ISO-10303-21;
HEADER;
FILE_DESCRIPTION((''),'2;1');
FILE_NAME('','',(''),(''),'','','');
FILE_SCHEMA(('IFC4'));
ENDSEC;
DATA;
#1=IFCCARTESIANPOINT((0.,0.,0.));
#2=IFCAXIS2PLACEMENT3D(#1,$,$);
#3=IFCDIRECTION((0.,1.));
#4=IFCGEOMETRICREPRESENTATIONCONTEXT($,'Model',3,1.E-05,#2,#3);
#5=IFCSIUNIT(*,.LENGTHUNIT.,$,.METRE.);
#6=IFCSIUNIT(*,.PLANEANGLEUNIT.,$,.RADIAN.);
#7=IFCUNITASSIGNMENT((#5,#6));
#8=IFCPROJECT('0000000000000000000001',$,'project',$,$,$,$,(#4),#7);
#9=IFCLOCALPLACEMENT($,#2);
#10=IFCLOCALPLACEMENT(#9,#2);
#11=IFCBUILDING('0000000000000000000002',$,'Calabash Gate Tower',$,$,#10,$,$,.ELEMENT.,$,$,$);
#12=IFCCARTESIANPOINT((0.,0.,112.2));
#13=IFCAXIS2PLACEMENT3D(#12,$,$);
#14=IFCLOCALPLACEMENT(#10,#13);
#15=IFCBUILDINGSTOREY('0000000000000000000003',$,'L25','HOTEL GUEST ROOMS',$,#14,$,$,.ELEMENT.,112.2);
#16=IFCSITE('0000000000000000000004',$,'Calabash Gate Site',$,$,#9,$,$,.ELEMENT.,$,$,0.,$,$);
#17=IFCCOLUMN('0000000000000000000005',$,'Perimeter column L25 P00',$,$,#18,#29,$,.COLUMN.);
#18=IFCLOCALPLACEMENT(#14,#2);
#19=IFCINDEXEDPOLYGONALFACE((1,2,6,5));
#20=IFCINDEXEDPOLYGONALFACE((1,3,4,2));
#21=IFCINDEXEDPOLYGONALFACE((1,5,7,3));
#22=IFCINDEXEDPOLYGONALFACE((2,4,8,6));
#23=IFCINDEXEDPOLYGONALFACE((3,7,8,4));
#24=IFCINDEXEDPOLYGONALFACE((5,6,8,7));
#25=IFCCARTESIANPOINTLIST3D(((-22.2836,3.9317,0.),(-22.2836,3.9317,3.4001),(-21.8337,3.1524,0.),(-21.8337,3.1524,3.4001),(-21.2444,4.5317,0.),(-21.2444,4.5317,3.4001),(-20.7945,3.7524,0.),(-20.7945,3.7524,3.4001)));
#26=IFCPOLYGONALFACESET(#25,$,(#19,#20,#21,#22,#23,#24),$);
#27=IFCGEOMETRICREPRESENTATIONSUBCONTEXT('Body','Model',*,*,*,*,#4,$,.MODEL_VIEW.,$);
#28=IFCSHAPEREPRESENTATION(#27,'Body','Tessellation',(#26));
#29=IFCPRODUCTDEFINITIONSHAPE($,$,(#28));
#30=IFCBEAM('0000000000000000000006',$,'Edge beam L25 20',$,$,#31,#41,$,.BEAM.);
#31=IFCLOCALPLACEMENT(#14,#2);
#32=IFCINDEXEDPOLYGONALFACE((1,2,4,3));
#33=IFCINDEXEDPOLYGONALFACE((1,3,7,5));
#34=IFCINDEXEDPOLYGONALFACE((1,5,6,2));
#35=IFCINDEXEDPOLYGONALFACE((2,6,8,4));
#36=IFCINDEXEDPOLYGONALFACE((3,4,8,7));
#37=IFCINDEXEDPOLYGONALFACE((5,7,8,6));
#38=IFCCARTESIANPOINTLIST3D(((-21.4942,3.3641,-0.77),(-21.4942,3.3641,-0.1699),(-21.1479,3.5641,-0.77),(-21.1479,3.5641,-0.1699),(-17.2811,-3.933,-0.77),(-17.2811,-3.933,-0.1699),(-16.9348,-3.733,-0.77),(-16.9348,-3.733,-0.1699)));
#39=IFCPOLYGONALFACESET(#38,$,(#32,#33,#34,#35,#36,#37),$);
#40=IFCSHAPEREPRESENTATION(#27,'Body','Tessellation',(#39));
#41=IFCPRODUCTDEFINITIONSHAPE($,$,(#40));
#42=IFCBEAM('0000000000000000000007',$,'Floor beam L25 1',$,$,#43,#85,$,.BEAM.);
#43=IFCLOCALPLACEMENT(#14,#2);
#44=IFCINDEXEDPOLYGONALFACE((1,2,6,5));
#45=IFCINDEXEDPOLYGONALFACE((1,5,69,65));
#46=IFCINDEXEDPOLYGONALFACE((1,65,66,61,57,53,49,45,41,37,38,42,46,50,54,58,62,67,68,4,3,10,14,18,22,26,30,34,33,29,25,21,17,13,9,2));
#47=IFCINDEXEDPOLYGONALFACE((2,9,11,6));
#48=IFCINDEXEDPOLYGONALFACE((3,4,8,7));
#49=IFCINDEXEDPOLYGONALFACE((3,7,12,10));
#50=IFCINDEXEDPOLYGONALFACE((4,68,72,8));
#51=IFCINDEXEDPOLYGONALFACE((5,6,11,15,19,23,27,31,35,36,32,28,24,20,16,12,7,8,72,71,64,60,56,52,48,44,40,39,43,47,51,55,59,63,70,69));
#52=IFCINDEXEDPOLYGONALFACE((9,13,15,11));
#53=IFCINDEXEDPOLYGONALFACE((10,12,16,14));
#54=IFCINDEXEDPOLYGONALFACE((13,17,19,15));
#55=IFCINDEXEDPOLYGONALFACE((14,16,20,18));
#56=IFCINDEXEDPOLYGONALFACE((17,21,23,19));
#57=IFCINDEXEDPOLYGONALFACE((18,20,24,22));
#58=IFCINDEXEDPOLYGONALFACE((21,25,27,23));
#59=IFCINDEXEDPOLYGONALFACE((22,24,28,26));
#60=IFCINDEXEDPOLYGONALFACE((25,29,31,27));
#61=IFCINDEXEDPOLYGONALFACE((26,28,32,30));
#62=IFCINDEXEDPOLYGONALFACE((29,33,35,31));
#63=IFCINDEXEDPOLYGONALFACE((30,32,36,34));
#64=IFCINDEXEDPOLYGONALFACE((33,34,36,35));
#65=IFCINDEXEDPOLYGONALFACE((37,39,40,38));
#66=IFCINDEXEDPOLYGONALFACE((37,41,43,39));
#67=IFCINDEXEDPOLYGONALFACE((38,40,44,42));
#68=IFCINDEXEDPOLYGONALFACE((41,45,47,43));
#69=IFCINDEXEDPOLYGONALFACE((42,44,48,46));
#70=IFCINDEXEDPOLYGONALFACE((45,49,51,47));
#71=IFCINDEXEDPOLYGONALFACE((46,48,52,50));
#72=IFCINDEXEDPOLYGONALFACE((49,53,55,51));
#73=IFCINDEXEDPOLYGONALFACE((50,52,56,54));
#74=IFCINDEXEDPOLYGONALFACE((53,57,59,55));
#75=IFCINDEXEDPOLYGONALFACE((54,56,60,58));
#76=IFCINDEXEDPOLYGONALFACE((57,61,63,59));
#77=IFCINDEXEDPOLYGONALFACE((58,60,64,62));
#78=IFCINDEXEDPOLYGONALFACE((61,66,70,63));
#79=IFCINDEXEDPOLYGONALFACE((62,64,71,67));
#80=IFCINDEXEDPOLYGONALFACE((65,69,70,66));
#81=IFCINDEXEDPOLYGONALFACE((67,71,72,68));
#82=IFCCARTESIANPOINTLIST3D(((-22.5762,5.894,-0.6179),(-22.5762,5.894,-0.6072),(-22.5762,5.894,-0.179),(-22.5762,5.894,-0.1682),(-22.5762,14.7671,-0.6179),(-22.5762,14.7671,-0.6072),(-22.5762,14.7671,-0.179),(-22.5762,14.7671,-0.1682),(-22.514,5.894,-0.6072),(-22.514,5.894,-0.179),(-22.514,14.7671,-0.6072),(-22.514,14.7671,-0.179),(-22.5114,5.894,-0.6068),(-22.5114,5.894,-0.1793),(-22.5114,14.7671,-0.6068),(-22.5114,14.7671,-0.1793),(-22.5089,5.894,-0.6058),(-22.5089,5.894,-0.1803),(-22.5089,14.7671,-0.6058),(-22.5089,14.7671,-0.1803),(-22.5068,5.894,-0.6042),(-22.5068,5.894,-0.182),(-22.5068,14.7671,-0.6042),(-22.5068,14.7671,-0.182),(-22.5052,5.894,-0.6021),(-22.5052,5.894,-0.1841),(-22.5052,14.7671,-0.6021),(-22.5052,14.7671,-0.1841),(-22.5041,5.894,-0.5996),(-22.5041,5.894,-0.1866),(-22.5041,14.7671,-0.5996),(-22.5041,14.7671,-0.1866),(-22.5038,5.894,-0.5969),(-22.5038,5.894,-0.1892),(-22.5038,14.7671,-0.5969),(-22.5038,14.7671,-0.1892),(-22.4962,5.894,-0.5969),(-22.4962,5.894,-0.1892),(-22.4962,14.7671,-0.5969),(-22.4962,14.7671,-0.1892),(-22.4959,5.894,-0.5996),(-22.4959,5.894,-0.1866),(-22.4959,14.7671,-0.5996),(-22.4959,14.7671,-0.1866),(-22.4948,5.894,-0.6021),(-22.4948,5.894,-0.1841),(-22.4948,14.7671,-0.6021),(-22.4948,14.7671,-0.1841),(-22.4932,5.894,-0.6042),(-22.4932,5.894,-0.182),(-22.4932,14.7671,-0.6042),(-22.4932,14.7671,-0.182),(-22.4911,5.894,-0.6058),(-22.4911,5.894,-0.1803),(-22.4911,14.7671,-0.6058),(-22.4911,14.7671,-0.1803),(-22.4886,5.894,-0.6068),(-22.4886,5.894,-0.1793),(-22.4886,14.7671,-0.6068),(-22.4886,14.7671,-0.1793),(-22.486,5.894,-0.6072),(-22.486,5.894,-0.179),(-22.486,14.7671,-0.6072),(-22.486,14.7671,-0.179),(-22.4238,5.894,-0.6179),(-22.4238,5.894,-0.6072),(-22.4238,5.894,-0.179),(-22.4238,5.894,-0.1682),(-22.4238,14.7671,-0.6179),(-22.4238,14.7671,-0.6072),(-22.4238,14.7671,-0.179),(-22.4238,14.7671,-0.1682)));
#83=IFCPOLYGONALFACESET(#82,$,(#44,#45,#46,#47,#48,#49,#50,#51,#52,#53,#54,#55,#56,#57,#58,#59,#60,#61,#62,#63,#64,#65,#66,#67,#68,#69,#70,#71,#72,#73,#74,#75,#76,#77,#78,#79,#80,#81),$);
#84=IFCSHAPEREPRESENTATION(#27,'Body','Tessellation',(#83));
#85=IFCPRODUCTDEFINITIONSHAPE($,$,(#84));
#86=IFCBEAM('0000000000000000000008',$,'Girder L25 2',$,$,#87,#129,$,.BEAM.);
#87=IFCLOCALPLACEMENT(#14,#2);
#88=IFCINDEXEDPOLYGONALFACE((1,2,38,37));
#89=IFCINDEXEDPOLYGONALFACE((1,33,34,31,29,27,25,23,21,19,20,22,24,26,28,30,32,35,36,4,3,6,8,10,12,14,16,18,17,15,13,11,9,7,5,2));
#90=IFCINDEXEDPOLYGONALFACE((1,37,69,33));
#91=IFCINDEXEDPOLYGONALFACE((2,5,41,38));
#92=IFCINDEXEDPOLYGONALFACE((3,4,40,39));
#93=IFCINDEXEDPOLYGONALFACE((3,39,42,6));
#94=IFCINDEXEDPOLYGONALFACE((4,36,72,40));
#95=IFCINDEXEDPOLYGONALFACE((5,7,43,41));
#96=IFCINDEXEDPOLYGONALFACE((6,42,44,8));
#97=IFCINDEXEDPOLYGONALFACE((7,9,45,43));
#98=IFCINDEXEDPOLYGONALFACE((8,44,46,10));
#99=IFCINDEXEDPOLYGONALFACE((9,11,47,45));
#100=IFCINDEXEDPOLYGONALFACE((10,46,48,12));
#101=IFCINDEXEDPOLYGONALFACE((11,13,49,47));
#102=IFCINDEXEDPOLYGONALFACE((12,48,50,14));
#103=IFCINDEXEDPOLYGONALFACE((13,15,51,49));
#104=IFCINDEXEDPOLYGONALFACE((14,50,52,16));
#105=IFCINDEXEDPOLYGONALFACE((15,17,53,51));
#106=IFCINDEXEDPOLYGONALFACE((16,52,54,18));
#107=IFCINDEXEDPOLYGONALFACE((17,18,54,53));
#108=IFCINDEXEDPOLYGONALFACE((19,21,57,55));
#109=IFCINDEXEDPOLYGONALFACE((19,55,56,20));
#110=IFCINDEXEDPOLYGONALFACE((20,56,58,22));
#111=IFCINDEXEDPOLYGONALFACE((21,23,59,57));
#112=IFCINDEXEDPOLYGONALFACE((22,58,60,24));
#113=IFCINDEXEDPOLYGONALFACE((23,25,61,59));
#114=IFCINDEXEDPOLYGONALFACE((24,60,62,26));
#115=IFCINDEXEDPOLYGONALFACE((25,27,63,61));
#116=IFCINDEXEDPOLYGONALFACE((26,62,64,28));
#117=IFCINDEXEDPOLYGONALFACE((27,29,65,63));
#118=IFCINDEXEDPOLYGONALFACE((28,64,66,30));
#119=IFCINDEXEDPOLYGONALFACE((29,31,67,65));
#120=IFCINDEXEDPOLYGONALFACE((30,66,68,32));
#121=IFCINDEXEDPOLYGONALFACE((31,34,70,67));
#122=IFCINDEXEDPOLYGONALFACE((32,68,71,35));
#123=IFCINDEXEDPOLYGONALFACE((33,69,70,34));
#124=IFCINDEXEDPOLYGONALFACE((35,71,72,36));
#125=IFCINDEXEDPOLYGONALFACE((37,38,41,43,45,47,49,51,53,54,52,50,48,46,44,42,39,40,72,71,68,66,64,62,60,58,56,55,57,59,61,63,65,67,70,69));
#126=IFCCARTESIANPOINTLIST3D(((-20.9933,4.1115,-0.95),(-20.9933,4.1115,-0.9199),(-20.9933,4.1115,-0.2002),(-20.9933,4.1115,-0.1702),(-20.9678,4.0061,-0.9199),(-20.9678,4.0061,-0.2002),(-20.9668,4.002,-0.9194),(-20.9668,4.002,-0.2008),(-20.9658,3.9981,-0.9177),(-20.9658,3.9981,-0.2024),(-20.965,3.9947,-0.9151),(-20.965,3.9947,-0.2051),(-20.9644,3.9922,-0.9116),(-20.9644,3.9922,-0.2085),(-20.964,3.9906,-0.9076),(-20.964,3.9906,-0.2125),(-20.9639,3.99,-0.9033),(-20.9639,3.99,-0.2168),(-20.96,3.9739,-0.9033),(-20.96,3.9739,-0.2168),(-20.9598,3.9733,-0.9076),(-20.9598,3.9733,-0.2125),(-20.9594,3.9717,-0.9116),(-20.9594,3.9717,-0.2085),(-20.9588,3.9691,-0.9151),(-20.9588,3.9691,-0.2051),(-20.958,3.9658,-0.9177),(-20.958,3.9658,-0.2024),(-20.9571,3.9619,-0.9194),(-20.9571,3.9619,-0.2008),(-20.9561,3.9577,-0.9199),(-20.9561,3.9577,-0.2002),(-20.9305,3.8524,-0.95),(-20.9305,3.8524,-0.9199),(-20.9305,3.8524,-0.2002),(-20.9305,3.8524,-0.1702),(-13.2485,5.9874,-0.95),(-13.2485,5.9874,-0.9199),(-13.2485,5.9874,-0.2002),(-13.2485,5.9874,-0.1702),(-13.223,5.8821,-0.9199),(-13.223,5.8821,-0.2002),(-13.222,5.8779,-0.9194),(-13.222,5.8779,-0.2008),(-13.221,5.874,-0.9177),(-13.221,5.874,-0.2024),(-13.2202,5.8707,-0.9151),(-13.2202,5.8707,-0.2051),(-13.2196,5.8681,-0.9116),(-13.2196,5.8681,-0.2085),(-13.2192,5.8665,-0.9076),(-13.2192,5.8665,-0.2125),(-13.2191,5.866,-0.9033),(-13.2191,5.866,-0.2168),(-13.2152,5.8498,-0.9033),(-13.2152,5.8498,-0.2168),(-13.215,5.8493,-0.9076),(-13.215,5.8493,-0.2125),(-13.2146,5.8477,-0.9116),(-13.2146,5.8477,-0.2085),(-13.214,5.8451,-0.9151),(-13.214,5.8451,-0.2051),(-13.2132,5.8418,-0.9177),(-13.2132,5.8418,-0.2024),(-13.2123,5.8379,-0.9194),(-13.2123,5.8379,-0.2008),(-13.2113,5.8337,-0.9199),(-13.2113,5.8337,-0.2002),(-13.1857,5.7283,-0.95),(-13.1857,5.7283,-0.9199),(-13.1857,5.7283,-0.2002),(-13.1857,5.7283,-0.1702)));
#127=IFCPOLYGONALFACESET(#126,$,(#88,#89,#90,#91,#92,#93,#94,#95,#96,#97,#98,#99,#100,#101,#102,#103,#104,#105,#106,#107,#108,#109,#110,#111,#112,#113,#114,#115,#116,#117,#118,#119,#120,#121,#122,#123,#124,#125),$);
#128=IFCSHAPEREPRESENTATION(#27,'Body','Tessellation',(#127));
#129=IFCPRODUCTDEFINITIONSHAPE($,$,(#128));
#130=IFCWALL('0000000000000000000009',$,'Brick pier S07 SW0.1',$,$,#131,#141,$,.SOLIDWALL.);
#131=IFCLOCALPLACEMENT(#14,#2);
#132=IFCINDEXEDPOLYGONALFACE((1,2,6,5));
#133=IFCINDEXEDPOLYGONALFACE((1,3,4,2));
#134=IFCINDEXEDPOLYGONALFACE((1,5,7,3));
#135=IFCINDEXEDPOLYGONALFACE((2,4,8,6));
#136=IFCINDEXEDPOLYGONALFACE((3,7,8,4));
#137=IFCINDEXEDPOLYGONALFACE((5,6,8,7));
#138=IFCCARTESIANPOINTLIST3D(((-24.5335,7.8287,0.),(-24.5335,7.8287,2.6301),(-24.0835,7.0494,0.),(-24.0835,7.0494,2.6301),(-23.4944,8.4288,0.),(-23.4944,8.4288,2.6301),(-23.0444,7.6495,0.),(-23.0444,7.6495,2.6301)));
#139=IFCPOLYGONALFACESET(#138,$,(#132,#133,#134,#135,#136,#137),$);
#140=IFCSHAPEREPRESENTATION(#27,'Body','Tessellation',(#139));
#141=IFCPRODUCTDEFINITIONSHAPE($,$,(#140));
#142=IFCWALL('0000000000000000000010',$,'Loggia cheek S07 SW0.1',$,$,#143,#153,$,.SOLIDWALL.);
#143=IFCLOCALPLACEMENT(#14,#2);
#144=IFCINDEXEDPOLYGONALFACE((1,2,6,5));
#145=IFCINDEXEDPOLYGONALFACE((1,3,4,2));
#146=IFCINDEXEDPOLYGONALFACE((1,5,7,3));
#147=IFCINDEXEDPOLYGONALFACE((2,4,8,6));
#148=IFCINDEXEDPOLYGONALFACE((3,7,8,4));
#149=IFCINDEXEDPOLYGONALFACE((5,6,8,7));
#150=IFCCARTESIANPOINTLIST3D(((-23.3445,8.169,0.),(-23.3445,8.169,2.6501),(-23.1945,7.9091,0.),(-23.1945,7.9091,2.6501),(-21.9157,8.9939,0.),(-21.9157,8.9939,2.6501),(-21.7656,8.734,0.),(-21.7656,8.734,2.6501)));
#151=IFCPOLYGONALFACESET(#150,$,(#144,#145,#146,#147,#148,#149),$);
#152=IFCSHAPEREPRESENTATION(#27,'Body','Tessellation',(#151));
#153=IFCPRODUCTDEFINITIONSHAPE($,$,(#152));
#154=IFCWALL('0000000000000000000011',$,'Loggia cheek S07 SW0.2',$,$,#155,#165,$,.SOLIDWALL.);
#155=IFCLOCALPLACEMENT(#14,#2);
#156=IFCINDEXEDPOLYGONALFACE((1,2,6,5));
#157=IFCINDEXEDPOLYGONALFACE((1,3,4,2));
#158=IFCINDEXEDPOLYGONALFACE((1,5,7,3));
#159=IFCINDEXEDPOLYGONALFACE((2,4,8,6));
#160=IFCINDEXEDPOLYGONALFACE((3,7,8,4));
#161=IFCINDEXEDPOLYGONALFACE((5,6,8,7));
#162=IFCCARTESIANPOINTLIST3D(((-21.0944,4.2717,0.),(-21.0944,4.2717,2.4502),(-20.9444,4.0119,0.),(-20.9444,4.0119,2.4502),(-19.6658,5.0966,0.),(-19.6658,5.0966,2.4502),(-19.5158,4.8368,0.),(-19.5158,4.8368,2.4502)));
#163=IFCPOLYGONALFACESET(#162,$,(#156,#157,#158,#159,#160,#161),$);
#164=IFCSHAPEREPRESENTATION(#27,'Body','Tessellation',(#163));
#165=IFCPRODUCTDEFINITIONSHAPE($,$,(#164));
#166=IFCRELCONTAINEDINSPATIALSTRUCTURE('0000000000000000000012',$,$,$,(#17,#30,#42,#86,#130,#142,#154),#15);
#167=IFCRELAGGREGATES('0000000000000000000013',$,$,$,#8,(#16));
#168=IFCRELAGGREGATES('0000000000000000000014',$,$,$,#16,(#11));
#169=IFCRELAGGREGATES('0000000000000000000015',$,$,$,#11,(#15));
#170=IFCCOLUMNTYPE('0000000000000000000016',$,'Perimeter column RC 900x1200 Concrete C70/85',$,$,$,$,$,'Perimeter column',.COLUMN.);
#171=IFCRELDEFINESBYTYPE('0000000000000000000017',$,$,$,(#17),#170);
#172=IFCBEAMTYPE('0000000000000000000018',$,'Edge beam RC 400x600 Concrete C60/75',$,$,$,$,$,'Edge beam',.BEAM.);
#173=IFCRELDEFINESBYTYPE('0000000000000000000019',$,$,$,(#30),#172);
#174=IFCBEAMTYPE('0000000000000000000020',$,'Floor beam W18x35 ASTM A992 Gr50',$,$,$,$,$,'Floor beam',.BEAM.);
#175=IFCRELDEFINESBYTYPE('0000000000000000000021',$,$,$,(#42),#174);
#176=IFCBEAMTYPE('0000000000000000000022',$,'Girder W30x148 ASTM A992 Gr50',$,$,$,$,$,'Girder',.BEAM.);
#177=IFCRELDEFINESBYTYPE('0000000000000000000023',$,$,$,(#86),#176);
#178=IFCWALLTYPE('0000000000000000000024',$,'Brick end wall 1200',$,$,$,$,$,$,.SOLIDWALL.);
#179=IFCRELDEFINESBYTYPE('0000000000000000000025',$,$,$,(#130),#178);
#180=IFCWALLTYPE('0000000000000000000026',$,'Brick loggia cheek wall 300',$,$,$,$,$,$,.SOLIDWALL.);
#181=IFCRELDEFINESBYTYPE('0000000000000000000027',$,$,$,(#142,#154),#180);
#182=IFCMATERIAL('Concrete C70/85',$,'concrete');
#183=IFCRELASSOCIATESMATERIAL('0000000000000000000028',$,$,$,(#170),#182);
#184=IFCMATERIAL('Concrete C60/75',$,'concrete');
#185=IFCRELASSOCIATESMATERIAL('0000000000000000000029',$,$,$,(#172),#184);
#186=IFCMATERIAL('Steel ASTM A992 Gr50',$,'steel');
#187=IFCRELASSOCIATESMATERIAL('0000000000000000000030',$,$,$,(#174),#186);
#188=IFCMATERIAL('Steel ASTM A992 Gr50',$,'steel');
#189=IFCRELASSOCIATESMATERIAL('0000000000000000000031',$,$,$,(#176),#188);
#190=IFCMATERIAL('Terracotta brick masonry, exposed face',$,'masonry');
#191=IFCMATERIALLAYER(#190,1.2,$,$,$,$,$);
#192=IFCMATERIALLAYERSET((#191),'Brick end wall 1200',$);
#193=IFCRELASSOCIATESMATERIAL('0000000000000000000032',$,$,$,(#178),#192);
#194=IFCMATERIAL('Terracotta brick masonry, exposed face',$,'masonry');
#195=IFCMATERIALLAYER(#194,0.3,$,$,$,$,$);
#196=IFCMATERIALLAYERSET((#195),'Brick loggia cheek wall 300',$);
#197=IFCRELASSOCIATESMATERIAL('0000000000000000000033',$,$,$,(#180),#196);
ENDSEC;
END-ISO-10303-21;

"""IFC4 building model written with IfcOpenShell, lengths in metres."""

from ifc_helpers import new_model, si_unit, direction, frame, frame_2d, origin, origin_2d, place, context, subcontext, project, spatial, rectangle, i_section, extrude, material, layer, layer_set, material_profile, profile_set, type_object, element, save


model = new_model("IFC4")

# Units and contexts
model_context = context("Model", 3, precision=1e-05, world=origin(), true_north=direction((0.0, 1.0)))
body_context = subcontext(model_context, "Body", "Model", "MODEL_VIEW")
ifc_project = project(units=[si_unit("LENGTHUNIT", "METRE"), si_unit("PLANEANGLEUNIT", "RADIAN")], contexts=[model_context])

# Site, building, storey
site_placement = place(None, origin())
site = spatial("IfcSite", under=ifc_project, at=site_placement, Name="Calabash Gate Site", CompositionType="ELEMENT", RefElevation=0.0)
building_placement = place(site_placement, origin())
building = spatial("IfcBuilding", under=site, at=building_placement, Name="Calabash Gate Tower", CompositionType="ELEMENT")
storey_placement = place(building_placement, frame((0.0, 0.0, 112.2)))
storey = spatial("IfcBuildingStorey", under=building, at=storey_placement, Name="L25", Description="HOTEL GUEST ROOMS", CompositionType="ELEMENT", Elevation=112.2)

# Column
ifc_material_1 = material(Name="Concrete C70/85", Category="concrete")
ifc_material_profile_1 = material_profile(ifc_material_1, rectangle(XDim=0.8999, YDim=1.2, at=origin_2d()))
ifc_profile_set_1 = profile_set([ifc_material_profile_1], Name="Concrete C70/85")
column_type = type_object("IfcColumnType", Name="Perimeter column RC 900x1200 Concrete C70/85", ElementType="Perimeter column", PredefinedType="COLUMN", material=ifc_profile_set_1)
column_placement = place(storey_placement, frame((-21.5391, 3.842, 0.0), z_axis=(0.0, 0.0, 1.0), x_axis=(0.5, -0.866025, 0.0)))
element("IfcColumn", 1, at=column_placement, inside=storey, type_object=column_type, Name="Perimeter column L25 P00", PredefinedType="COLUMN", context=body_context, shape_type="SweptSolid", body=[
    extrude(rectangle(XDim=0.8999, YDim=1.2, at=origin_2d()), origin(), (0.0, 0.0, 1.0), 3.4001),
])

# Beams
ifc_material_2 = material(Name="Concrete C60/75", Category="concrete")
ifc_material_profile_2 = material_profile(ifc_material_2, rectangle(XDim=0.3999, YDim=0.6001, at=origin_2d()))
ifc_profile_set_2 = profile_set([ifc_material_profile_2], Name="Concrete C60/75")
beam_type_1 = type_object("IfcBeamType", Name="Edge beam RC 400x600 Concrete C60/75", ElementType="Edge beam", PredefinedType="BEAM", material=ifc_profile_set_2)
beam_1_placement = place(storey_placement, frame((-21.321, 3.4641, -0.47), z_axis=(0.500013, -0.866018, 0.0), x_axis=(0.866018, 0.500013, 0.0)))
element("IfcBeam", 2, at=beam_1_placement, inside=storey, type_object=beam_type_1, Name="Edge beam L25 20", PredefinedType="BEAM", context=body_context, shape_type="SweptSolid", body=[
    extrude(rectangle(XDim=0.3999, YDim=0.6001, at=origin_2d()), origin(), (0.0, 0.0, 1.0), 8.426),
])
ifc_material_3 = material(Name="Steel ASTM A992 Gr50", Category="steel")
ifc_material_profile_3 = material_profile(ifc_material_3, i_section(OverallWidth=0.1523, OverallDepth=0.4497, WebThickness=0.0076, FlangeThickness=0.0107, FilletRadius=0.0103, at=origin_2d()))
ifc_profile_set_3 = profile_set([ifc_material_profile_3], Name="Steel ASTM A992 Gr50")
beam_type_2 = type_object("IfcBeamType", Name="Floor beam W18x35 ASTM A992 Gr50", ElementType="Floor beam", PredefinedType="BEAM", material=ifc_profile_set_3)
beam_2_placement = place(storey_placement, frame((-22.5, 5.894, -0.3931), z_axis=(0.0, 1.0, 0.0), x_axis=(-1.0, 0.0, 0.0)))
element("IfcBeam", 3, at=beam_2_placement, inside=storey, type_object=beam_type_2, Name="Floor beam L25 1", PredefinedType="BEAM", context=body_context, shape_type="SweptSolid", body=[
    extrude(i_section(OverallWidth=0.1523, OverallDepth=0.4497, WebThickness=0.0076, FlangeThickness=0.0107, FilletRadius=0.0103, at=origin_2d()), origin(), (0.0, 0.0, 1.0), 8.873),
])
ifc_material_4 = material(Name="Steel ASTM A992 Gr50", Category="steel")
ifc_material_profile_4 = material_profile(ifc_material_4, i_section(OverallWidth=0.2666, OverallDepth=0.7798, WebThickness=0.0166, FlangeThickness=0.03, FilletRadius=0.0166, at=origin_2d()))
ifc_profile_set_4 = profile_set([ifc_material_profile_4], Name="Steel ASTM A992 Gr50")
beam_type_3 = type_object("IfcBeamType", Name="Girder W30x148 ASTM A992 Gr50", ElementType="Girder", PredefinedType="BEAM", material=ifc_profile_set_4)
beam_3_placement = place(storey_placement, frame((-20.9619, 3.9819, -0.5601), z_axis=(0.971895, 0.235414, 0.0), x_axis=(-0.235414, 0.971895, 0.0)))
element("IfcBeam", 4, at=beam_3_placement, inside=storey, type_object=beam_type_3, Name="Girder L25 2", PredefinedType="BEAM", context=body_context, shape_type="SweptSolid", body=[
    extrude(i_section(OverallWidth=0.2666, OverallDepth=0.7798, WebThickness=0.0166, FlangeThickness=0.03, FilletRadius=0.0166, at=origin_2d()), origin(), (0.0, 0.0, 1.0), 7.9688),
])

# Walls
ifc_material_5 = material(Name="Terracotta brick masonry, exposed face", Category="masonry")
ifc_layer_1 = layer(ifc_material_5, 1.2)
ifc_layer_set_1 = layer_set([ifc_layer_1], Name="Brick end wall 1200")
wall_type_1 = type_object("IfcWallType", Name="Brick end wall 1200", PredefinedType="SOLIDWALL", material=ifc_layer_set_1)
wall_1_placement = place(storey_placement, frame((-24.3086, 7.439, 0.0), z_axis=(0.0, 0.0, 1.0), x_axis=(0.865955, 0.500122, 0.0)))
element("IfcWall", 5, at=wall_1_placement, inside=storey, type_object=wall_type_1, Name="Brick pier S07 SW0.1", PredefinedType="SOLIDWALL", context=body_context, shape_type="SweptSolid", body=[
    extrude(rectangle(XDim=1.2, YDim=0.8999, at=frame_2d((0.6001, 0.0))), origin(), (0.0, 0.0, 1.0), 2.6301),
])
ifc_material_6 = material(Name="Terracotta brick masonry, exposed face", Category="masonry")
ifc_layer_2 = layer(ifc_material_6, 0.3)
ifc_layer_set_2 = layer_set([ifc_layer_2], Name="Brick loggia cheek wall 300")
wall_type_2 = type_object("IfcWallType", Name="Brick loggia cheek wall 300", PredefinedType="SOLIDWALL", material=ifc_layer_set_2)
wall_2_placement = place(storey_placement, frame((-23.2695, 8.0391, 0.0), z_axis=(0.0, 0.0, 1.0), x_axis=(0.86604, 0.499974, 0.0)))
element("IfcWall", 6, at=wall_2_placement, inside=storey, type_object=wall_type_2, Name="Loggia cheek S07 SW0.1", PredefinedType="SOLIDWALL", context=body_context, shape_type="SweptSolid", body=[
    extrude(rectangle(XDim=1.6499, YDim=0.3, at=frame_2d((0.825, 0.0))), origin(), (0.0, 0.0, 1.0), 2.6501),
])
wall_3_placement = place(storey_placement, frame((-21.0193, 4.1418, 0.0), z_axis=(0.0, 0.0, 1.0), x_axis=(0.866003, 0.500038, 0.0)))
element("IfcWall", 7, at=wall_3_placement, inside=storey, type_object=wall_type_2, Name="Loggia cheek S07 SW0.2", PredefinedType="SOLIDWALL", context=body_context, shape_type="SweptSolid", body=[
    extrude(rectangle(XDim=1.6497, YDim=0.3, at=frame_2d((0.8247, 0.0))), origin(), (0.0, 0.0, 1.0), 2.4502),
])

save(model, "model.ifc")
